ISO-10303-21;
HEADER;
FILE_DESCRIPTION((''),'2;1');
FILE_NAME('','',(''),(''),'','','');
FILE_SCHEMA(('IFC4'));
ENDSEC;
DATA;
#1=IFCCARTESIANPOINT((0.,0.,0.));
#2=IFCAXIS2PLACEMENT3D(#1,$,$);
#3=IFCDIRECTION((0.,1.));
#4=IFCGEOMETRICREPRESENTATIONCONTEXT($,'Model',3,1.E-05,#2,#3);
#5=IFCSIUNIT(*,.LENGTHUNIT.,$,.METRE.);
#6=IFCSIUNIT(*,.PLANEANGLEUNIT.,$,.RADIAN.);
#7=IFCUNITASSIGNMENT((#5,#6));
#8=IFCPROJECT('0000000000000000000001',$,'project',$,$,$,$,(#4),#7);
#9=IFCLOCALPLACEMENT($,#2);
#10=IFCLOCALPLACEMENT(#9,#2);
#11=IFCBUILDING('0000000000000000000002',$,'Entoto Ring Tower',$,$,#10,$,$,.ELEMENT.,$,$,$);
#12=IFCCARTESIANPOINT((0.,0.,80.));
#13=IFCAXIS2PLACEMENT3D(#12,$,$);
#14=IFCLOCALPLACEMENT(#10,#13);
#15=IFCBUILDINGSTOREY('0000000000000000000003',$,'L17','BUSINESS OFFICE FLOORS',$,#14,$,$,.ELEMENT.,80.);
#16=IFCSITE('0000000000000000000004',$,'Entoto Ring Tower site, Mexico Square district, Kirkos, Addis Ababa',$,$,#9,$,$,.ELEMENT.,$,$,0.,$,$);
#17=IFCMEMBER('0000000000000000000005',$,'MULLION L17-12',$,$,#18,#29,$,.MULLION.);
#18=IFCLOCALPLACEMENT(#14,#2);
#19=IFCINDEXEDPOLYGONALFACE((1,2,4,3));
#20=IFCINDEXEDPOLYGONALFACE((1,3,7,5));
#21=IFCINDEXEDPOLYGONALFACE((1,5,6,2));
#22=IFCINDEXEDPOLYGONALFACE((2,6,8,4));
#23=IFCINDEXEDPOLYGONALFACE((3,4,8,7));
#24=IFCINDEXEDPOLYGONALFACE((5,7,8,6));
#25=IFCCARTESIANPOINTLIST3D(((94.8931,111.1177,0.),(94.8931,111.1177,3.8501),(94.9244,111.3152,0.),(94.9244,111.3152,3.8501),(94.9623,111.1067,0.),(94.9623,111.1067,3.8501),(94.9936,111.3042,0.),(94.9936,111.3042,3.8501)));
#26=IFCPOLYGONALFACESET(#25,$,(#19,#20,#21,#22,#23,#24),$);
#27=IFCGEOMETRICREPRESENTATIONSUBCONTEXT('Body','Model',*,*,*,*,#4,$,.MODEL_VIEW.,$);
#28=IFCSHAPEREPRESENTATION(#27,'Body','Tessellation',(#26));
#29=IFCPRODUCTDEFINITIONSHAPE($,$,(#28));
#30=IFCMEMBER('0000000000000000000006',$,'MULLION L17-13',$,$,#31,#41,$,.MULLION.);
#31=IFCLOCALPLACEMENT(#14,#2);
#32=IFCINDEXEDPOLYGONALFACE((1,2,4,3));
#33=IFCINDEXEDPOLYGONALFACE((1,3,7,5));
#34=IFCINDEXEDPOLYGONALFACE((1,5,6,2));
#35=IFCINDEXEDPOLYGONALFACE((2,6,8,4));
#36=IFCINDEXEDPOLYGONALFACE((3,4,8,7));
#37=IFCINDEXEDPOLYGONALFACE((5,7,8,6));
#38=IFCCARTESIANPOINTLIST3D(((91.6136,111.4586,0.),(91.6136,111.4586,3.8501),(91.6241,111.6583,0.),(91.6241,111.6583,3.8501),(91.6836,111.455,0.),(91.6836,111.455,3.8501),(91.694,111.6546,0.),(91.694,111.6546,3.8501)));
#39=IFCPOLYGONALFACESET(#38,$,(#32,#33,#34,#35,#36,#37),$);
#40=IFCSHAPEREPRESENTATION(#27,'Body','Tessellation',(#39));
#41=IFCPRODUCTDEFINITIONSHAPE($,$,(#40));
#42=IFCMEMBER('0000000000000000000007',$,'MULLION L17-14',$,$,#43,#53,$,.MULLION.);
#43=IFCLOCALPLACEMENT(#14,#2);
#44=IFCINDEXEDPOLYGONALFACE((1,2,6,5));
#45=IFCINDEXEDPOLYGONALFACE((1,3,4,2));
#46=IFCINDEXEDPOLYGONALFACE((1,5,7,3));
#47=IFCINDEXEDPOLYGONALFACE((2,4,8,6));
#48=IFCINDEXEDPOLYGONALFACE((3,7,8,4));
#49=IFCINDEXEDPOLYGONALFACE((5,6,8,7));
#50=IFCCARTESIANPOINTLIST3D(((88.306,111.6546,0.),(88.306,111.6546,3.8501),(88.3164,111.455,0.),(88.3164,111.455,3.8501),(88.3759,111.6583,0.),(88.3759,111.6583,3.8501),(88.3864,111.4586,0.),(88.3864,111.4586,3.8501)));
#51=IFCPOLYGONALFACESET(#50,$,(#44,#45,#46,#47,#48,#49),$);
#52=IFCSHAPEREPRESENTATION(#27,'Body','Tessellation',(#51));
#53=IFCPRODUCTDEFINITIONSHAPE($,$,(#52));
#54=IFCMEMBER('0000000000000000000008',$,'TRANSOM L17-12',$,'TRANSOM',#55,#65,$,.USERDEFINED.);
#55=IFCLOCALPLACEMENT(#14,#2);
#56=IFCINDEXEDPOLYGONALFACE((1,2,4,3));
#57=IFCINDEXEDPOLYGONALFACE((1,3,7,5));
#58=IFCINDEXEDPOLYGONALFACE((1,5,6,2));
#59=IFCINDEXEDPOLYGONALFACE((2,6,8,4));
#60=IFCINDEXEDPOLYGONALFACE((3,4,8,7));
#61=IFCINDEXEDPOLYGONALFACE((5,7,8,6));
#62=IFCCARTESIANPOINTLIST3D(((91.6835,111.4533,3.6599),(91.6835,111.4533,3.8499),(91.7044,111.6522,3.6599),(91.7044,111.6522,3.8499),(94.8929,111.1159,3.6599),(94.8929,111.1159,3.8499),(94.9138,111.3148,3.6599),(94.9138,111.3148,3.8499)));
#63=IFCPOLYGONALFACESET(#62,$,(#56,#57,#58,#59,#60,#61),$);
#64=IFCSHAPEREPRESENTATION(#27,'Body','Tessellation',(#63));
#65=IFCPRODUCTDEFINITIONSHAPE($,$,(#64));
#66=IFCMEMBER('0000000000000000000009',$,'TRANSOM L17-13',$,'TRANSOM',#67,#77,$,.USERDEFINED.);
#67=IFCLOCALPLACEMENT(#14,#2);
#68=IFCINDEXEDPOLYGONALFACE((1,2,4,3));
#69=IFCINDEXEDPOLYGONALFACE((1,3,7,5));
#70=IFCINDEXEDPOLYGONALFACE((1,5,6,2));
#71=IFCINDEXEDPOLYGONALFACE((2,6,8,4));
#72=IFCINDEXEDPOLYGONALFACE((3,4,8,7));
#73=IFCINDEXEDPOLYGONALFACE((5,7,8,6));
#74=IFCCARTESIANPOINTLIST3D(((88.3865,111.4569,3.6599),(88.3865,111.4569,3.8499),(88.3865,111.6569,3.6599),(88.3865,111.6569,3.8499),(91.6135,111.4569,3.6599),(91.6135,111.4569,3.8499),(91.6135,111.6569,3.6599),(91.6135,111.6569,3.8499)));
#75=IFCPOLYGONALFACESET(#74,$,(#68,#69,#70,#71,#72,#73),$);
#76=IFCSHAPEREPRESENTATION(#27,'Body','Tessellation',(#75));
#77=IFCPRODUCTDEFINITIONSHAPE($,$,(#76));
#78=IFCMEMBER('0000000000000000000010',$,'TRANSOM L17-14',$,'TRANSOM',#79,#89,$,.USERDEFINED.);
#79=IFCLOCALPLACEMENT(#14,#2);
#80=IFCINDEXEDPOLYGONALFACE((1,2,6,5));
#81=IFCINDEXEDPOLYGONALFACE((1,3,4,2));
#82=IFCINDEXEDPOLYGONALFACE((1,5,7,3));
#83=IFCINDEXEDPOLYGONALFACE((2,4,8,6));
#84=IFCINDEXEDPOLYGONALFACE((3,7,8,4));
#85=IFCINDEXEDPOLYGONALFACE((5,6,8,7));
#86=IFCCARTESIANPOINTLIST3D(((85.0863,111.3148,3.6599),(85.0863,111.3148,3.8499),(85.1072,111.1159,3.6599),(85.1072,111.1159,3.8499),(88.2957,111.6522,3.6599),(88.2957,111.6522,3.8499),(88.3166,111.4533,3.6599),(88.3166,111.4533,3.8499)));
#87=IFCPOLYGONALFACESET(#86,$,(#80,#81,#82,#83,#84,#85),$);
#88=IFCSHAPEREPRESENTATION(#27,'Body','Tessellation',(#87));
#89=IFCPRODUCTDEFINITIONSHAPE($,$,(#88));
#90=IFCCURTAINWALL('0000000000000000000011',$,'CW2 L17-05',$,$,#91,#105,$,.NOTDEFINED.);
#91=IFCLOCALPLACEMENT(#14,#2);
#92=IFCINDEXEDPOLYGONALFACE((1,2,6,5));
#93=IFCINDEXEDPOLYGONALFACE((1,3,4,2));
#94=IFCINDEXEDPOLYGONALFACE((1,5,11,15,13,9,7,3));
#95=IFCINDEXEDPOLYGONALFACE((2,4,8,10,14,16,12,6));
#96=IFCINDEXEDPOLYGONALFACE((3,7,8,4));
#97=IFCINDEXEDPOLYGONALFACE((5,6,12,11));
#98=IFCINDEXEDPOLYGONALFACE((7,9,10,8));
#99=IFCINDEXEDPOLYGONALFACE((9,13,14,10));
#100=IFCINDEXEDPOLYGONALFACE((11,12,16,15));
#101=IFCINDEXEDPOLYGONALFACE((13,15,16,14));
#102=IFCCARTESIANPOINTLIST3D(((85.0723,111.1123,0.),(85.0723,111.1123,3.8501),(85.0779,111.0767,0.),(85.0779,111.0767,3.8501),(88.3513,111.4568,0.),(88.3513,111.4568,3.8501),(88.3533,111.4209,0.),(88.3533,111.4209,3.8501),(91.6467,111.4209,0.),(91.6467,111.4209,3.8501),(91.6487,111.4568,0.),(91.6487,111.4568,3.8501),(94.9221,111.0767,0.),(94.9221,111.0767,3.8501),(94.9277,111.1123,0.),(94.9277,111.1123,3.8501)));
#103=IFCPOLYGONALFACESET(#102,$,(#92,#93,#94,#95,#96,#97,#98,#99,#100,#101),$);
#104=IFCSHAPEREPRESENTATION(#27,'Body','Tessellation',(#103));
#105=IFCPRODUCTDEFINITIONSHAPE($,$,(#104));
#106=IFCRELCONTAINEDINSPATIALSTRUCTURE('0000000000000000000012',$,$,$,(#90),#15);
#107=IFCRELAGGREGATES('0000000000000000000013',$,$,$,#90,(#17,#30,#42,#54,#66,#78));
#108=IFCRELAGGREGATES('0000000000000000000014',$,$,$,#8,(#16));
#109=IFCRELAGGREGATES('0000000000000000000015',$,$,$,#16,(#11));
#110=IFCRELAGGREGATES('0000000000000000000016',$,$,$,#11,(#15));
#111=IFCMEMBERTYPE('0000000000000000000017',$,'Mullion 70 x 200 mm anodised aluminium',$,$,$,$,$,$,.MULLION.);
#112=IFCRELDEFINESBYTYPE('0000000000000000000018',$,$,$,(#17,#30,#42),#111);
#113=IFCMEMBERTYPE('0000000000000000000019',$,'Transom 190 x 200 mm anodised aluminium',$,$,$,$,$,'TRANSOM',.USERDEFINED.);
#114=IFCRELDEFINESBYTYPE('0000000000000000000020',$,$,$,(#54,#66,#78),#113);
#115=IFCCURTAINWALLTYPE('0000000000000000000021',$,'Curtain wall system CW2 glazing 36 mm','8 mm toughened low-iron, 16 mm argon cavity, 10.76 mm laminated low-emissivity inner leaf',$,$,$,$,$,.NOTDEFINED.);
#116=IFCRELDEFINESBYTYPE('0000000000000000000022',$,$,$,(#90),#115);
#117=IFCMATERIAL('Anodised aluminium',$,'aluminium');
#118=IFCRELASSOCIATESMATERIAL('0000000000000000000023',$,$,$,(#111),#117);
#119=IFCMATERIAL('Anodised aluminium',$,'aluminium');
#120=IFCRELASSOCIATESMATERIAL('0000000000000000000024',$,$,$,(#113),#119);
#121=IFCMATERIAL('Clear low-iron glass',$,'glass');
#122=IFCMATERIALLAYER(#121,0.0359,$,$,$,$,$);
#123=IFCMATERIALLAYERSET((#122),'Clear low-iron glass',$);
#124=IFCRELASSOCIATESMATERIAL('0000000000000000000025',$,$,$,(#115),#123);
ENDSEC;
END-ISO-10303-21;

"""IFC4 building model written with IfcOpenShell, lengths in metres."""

from ifc_helpers import new_model, si_unit, direction, frame, origin, origin_2d, place, context, subcontext, project, spatial, polyline, rectangle, outline, extrude, material, layer, layer_set, material_profile, profile_set, type_object, element, aggregate, save


model = new_model("IFC4")

# Units and contexts
model_context = context("Model", 3, precision=1e-05, world=origin(), true_north=direction((0.0, 1.0)))
body_context = subcontext(model_context, "Body", "Model", "MODEL_VIEW")
ifc_project = project(units=[si_unit("LENGTHUNIT", "METRE"), si_unit("PLANEANGLEUNIT", "RADIAN")], contexts=[model_context])

# Members
ifc_material_1 = material(Name="Anodised aluminium", Category="aluminium")
ifc_material_profile_1 = material_profile(ifc_material_1, rectangle(XDim=0.0701, YDim=0.2, at=origin_2d()), Name="Mullion 70 x 200 mm anodised aluminium")
ifc_profile_set_1 = profile_set([ifc_material_profile_1], Name="Anodised aluminium")
member_type_1 = type_object("IfcMemberType", Name="Mullion 70 x 200 mm anodised aluminium", PredefinedType="MULLION", material=ifc_profile_set_1)
site_placement = place(None, origin())
building_placement = place(site_placement, origin())
storey_placement = place(building_placement, frame((0.0, 0.0, 80.0)))
member_1_placement = place(storey_placement, frame((94.9434, 111.2109, 0.0), z_axis=(0.0, 0.0, 1.0), x_axis=(-0.987688, 0.156434, 0.0)))
member_1 = element("IfcMember", 1, at=member_1_placement, type_object=member_type_1, Name="MULLION L17-12", PredefinedType="MULLION", context=body_context, shape_type="SweptSolid", body=[
    extrude(rectangle(XDim=0.0701, YDim=0.2, at=origin_2d()), origin(), (0.0, 0.0, 1.0), 3.8501),
])
member_2_placement = place(storey_placement, frame((91.6538, 111.5566, 0.0), z_axis=(0.0, 0.0, 1.0), x_axis=(-0.99863, 0.052336, 0.0)))
member_2 = element("IfcMember", 2, at=member_2_placement, type_object=member_type_1, Name="MULLION L17-13", PredefinedType="MULLION", context=body_context, shape_type="SweptSolid", body=[
    extrude(rectangle(XDim=0.0701, YDim=0.2, at=origin_2d()), origin(), (0.0, 0.0, 1.0), 3.8501),
])
member_3_placement = place(storey_placement, frame((88.3462, 111.5566, 0.0), z_axis=(0.0, 0.0, 1.0), x_axis=(-0.99863, -0.052336, 0.0)))
member_3 = element("IfcMember", 3, at=member_3_placement, type_object=member_type_1, Name="MULLION L17-14", PredefinedType="MULLION", context=body_context, shape_type="SweptSolid", body=[
    extrude(rectangle(XDim=0.0701, YDim=0.2, at=origin_2d()), origin(), (0.0, 0.0, 1.0), 3.8501),
])
ifc_material_2 = material(Name="Anodised aluminium", Category="aluminium")
ifc_material_profile_2 = material_profile(ifc_material_2, rectangle(XDim=0.2, YDim=0.1899, at=origin_2d()), Name="Transom 190 x 200 mm anodised aluminium")
ifc_profile_set_2 = profile_set([ifc_material_profile_2], Name="Anodised aluminium")
member_type_2 = type_object("IfcMemberType", Name="Transom 190 x 200 mm anodised aluminium", ElementType="TRANSOM", PredefinedType="USERDEFINED", material=ifc_profile_set_2)
member_4_placement = place(storey_placement, frame((94.9033, 111.2153, 3.7549), z_axis=(-0.99452, 0.104551, 0.0), x_axis=(-0.104551, -0.99452, 0.0)))
member_4 = element("IfcMember", 4, at=member_4_placement, type_object=member_type_2, Name="TRANSOM L17-12", ObjectType="TRANSOM", PredefinedType="USERDEFINED", context=body_context, shape_type="SweptSolid", body=[
    extrude(rectangle(XDim=0.2, YDim=0.1899, at=origin_2d()), origin(), (0.0, 0.0, 1.0), 3.2271),
])
member_5_placement = place(storey_placement, frame((91.6135, 111.5569, 3.7549), z_axis=(-1.0, 0.0, 0.0), x_axis=(0.0, -1.0, 0.0)))
member_5 = element("IfcMember", 5, at=member_5_placement, type_object=member_type_2, Name="TRANSOM L17-13", ObjectType="TRANSOM", PredefinedType="USERDEFINED", context=body_context, shape_type="SweptSolid", body=[
    extrude(rectangle(XDim=0.2, YDim=0.1899, at=origin_2d()), origin(), (0.0, 0.0, 1.0), 3.2271),
])
member_6_placement = place(storey_placement, frame((88.3062, 111.5527, 3.7549), z_axis=(-0.99452, -0.104551, 0.0), x_axis=(0.104551, -0.99452, 0.0)))
member_6 = element("IfcMember", 6, at=member_6_placement, type_object=member_type_2, Name="TRANSOM L17-14", ObjectType="TRANSOM", PredefinedType="USERDEFINED", context=body_context, shape_type="SweptSolid", body=[
    extrude(rectangle(XDim=0.2, YDim=0.1899, at=origin_2d()), origin(), (0.0, 0.0, 1.0), 3.2271),
])

# Site, building, storey
site = spatial("IfcSite", under=ifc_project, at=site_placement, Name="Entoto Ring Tower site, Mexico Square district, Kirkos, Addis Ababa", CompositionType="ELEMENT", RefElevation=0.0)
building = spatial("IfcBuilding", under=site, at=building_placement, Name="Entoto Ring Tower", CompositionType="ELEMENT")
storey = spatial("IfcBuildingStorey", under=building, at=storey_placement, Name="L17", Description="BUSINESS OFFICE FLOORS", CompositionType="ELEMENT", Elevation=80.0)

# Curtain wall
ifc_material_3 = material(Name="Clear low-iron glass", Category="glass")
ifc_layer = layer(ifc_material_3, 0.0359)
ifc_layer_set = layer_set([ifc_layer], Name="Clear low-iron glass")
curtain_wall_type = type_object("IfcCurtainWallType", Name="Curtain wall system CW2 glazing 36 mm", Description="8 mm toughened low-iron, 16 mm argon cavity, 10.76 mm laminated low-emissivity inner leaf", PredefinedType="NOTDEFINED", material=ifc_layer_set)
curtain_wall_1_placement = place(storey_placement, origin())
curtain_wall_1 = element("IfcCurtainWall", 7, at=curtain_wall_1_placement, inside=storey, type_object=curtain_wall_type, Name="CW2 L17-05", PredefinedType="NOTDEFINED", context=body_context, shape_type="SweptSolid", body=[
    extrude(outline(polyline([(94.9277, 111.1123), (91.6487, 111.4568), (88.3513, 111.4568), (85.0723, 111.1123), (85.0779, 111.0767), (88.3533, 111.4209), (91.6467, 111.4209), (94.9221, 111.0767), (94.9277, 111.1123)])), origin(), (0.0, 0.0, 1.0), 3.8501),
])
aggregate(curtain_wall_1, [member_1, member_2, member_3, member_4, member_5, member_6])

save(model, "model.ifc")
